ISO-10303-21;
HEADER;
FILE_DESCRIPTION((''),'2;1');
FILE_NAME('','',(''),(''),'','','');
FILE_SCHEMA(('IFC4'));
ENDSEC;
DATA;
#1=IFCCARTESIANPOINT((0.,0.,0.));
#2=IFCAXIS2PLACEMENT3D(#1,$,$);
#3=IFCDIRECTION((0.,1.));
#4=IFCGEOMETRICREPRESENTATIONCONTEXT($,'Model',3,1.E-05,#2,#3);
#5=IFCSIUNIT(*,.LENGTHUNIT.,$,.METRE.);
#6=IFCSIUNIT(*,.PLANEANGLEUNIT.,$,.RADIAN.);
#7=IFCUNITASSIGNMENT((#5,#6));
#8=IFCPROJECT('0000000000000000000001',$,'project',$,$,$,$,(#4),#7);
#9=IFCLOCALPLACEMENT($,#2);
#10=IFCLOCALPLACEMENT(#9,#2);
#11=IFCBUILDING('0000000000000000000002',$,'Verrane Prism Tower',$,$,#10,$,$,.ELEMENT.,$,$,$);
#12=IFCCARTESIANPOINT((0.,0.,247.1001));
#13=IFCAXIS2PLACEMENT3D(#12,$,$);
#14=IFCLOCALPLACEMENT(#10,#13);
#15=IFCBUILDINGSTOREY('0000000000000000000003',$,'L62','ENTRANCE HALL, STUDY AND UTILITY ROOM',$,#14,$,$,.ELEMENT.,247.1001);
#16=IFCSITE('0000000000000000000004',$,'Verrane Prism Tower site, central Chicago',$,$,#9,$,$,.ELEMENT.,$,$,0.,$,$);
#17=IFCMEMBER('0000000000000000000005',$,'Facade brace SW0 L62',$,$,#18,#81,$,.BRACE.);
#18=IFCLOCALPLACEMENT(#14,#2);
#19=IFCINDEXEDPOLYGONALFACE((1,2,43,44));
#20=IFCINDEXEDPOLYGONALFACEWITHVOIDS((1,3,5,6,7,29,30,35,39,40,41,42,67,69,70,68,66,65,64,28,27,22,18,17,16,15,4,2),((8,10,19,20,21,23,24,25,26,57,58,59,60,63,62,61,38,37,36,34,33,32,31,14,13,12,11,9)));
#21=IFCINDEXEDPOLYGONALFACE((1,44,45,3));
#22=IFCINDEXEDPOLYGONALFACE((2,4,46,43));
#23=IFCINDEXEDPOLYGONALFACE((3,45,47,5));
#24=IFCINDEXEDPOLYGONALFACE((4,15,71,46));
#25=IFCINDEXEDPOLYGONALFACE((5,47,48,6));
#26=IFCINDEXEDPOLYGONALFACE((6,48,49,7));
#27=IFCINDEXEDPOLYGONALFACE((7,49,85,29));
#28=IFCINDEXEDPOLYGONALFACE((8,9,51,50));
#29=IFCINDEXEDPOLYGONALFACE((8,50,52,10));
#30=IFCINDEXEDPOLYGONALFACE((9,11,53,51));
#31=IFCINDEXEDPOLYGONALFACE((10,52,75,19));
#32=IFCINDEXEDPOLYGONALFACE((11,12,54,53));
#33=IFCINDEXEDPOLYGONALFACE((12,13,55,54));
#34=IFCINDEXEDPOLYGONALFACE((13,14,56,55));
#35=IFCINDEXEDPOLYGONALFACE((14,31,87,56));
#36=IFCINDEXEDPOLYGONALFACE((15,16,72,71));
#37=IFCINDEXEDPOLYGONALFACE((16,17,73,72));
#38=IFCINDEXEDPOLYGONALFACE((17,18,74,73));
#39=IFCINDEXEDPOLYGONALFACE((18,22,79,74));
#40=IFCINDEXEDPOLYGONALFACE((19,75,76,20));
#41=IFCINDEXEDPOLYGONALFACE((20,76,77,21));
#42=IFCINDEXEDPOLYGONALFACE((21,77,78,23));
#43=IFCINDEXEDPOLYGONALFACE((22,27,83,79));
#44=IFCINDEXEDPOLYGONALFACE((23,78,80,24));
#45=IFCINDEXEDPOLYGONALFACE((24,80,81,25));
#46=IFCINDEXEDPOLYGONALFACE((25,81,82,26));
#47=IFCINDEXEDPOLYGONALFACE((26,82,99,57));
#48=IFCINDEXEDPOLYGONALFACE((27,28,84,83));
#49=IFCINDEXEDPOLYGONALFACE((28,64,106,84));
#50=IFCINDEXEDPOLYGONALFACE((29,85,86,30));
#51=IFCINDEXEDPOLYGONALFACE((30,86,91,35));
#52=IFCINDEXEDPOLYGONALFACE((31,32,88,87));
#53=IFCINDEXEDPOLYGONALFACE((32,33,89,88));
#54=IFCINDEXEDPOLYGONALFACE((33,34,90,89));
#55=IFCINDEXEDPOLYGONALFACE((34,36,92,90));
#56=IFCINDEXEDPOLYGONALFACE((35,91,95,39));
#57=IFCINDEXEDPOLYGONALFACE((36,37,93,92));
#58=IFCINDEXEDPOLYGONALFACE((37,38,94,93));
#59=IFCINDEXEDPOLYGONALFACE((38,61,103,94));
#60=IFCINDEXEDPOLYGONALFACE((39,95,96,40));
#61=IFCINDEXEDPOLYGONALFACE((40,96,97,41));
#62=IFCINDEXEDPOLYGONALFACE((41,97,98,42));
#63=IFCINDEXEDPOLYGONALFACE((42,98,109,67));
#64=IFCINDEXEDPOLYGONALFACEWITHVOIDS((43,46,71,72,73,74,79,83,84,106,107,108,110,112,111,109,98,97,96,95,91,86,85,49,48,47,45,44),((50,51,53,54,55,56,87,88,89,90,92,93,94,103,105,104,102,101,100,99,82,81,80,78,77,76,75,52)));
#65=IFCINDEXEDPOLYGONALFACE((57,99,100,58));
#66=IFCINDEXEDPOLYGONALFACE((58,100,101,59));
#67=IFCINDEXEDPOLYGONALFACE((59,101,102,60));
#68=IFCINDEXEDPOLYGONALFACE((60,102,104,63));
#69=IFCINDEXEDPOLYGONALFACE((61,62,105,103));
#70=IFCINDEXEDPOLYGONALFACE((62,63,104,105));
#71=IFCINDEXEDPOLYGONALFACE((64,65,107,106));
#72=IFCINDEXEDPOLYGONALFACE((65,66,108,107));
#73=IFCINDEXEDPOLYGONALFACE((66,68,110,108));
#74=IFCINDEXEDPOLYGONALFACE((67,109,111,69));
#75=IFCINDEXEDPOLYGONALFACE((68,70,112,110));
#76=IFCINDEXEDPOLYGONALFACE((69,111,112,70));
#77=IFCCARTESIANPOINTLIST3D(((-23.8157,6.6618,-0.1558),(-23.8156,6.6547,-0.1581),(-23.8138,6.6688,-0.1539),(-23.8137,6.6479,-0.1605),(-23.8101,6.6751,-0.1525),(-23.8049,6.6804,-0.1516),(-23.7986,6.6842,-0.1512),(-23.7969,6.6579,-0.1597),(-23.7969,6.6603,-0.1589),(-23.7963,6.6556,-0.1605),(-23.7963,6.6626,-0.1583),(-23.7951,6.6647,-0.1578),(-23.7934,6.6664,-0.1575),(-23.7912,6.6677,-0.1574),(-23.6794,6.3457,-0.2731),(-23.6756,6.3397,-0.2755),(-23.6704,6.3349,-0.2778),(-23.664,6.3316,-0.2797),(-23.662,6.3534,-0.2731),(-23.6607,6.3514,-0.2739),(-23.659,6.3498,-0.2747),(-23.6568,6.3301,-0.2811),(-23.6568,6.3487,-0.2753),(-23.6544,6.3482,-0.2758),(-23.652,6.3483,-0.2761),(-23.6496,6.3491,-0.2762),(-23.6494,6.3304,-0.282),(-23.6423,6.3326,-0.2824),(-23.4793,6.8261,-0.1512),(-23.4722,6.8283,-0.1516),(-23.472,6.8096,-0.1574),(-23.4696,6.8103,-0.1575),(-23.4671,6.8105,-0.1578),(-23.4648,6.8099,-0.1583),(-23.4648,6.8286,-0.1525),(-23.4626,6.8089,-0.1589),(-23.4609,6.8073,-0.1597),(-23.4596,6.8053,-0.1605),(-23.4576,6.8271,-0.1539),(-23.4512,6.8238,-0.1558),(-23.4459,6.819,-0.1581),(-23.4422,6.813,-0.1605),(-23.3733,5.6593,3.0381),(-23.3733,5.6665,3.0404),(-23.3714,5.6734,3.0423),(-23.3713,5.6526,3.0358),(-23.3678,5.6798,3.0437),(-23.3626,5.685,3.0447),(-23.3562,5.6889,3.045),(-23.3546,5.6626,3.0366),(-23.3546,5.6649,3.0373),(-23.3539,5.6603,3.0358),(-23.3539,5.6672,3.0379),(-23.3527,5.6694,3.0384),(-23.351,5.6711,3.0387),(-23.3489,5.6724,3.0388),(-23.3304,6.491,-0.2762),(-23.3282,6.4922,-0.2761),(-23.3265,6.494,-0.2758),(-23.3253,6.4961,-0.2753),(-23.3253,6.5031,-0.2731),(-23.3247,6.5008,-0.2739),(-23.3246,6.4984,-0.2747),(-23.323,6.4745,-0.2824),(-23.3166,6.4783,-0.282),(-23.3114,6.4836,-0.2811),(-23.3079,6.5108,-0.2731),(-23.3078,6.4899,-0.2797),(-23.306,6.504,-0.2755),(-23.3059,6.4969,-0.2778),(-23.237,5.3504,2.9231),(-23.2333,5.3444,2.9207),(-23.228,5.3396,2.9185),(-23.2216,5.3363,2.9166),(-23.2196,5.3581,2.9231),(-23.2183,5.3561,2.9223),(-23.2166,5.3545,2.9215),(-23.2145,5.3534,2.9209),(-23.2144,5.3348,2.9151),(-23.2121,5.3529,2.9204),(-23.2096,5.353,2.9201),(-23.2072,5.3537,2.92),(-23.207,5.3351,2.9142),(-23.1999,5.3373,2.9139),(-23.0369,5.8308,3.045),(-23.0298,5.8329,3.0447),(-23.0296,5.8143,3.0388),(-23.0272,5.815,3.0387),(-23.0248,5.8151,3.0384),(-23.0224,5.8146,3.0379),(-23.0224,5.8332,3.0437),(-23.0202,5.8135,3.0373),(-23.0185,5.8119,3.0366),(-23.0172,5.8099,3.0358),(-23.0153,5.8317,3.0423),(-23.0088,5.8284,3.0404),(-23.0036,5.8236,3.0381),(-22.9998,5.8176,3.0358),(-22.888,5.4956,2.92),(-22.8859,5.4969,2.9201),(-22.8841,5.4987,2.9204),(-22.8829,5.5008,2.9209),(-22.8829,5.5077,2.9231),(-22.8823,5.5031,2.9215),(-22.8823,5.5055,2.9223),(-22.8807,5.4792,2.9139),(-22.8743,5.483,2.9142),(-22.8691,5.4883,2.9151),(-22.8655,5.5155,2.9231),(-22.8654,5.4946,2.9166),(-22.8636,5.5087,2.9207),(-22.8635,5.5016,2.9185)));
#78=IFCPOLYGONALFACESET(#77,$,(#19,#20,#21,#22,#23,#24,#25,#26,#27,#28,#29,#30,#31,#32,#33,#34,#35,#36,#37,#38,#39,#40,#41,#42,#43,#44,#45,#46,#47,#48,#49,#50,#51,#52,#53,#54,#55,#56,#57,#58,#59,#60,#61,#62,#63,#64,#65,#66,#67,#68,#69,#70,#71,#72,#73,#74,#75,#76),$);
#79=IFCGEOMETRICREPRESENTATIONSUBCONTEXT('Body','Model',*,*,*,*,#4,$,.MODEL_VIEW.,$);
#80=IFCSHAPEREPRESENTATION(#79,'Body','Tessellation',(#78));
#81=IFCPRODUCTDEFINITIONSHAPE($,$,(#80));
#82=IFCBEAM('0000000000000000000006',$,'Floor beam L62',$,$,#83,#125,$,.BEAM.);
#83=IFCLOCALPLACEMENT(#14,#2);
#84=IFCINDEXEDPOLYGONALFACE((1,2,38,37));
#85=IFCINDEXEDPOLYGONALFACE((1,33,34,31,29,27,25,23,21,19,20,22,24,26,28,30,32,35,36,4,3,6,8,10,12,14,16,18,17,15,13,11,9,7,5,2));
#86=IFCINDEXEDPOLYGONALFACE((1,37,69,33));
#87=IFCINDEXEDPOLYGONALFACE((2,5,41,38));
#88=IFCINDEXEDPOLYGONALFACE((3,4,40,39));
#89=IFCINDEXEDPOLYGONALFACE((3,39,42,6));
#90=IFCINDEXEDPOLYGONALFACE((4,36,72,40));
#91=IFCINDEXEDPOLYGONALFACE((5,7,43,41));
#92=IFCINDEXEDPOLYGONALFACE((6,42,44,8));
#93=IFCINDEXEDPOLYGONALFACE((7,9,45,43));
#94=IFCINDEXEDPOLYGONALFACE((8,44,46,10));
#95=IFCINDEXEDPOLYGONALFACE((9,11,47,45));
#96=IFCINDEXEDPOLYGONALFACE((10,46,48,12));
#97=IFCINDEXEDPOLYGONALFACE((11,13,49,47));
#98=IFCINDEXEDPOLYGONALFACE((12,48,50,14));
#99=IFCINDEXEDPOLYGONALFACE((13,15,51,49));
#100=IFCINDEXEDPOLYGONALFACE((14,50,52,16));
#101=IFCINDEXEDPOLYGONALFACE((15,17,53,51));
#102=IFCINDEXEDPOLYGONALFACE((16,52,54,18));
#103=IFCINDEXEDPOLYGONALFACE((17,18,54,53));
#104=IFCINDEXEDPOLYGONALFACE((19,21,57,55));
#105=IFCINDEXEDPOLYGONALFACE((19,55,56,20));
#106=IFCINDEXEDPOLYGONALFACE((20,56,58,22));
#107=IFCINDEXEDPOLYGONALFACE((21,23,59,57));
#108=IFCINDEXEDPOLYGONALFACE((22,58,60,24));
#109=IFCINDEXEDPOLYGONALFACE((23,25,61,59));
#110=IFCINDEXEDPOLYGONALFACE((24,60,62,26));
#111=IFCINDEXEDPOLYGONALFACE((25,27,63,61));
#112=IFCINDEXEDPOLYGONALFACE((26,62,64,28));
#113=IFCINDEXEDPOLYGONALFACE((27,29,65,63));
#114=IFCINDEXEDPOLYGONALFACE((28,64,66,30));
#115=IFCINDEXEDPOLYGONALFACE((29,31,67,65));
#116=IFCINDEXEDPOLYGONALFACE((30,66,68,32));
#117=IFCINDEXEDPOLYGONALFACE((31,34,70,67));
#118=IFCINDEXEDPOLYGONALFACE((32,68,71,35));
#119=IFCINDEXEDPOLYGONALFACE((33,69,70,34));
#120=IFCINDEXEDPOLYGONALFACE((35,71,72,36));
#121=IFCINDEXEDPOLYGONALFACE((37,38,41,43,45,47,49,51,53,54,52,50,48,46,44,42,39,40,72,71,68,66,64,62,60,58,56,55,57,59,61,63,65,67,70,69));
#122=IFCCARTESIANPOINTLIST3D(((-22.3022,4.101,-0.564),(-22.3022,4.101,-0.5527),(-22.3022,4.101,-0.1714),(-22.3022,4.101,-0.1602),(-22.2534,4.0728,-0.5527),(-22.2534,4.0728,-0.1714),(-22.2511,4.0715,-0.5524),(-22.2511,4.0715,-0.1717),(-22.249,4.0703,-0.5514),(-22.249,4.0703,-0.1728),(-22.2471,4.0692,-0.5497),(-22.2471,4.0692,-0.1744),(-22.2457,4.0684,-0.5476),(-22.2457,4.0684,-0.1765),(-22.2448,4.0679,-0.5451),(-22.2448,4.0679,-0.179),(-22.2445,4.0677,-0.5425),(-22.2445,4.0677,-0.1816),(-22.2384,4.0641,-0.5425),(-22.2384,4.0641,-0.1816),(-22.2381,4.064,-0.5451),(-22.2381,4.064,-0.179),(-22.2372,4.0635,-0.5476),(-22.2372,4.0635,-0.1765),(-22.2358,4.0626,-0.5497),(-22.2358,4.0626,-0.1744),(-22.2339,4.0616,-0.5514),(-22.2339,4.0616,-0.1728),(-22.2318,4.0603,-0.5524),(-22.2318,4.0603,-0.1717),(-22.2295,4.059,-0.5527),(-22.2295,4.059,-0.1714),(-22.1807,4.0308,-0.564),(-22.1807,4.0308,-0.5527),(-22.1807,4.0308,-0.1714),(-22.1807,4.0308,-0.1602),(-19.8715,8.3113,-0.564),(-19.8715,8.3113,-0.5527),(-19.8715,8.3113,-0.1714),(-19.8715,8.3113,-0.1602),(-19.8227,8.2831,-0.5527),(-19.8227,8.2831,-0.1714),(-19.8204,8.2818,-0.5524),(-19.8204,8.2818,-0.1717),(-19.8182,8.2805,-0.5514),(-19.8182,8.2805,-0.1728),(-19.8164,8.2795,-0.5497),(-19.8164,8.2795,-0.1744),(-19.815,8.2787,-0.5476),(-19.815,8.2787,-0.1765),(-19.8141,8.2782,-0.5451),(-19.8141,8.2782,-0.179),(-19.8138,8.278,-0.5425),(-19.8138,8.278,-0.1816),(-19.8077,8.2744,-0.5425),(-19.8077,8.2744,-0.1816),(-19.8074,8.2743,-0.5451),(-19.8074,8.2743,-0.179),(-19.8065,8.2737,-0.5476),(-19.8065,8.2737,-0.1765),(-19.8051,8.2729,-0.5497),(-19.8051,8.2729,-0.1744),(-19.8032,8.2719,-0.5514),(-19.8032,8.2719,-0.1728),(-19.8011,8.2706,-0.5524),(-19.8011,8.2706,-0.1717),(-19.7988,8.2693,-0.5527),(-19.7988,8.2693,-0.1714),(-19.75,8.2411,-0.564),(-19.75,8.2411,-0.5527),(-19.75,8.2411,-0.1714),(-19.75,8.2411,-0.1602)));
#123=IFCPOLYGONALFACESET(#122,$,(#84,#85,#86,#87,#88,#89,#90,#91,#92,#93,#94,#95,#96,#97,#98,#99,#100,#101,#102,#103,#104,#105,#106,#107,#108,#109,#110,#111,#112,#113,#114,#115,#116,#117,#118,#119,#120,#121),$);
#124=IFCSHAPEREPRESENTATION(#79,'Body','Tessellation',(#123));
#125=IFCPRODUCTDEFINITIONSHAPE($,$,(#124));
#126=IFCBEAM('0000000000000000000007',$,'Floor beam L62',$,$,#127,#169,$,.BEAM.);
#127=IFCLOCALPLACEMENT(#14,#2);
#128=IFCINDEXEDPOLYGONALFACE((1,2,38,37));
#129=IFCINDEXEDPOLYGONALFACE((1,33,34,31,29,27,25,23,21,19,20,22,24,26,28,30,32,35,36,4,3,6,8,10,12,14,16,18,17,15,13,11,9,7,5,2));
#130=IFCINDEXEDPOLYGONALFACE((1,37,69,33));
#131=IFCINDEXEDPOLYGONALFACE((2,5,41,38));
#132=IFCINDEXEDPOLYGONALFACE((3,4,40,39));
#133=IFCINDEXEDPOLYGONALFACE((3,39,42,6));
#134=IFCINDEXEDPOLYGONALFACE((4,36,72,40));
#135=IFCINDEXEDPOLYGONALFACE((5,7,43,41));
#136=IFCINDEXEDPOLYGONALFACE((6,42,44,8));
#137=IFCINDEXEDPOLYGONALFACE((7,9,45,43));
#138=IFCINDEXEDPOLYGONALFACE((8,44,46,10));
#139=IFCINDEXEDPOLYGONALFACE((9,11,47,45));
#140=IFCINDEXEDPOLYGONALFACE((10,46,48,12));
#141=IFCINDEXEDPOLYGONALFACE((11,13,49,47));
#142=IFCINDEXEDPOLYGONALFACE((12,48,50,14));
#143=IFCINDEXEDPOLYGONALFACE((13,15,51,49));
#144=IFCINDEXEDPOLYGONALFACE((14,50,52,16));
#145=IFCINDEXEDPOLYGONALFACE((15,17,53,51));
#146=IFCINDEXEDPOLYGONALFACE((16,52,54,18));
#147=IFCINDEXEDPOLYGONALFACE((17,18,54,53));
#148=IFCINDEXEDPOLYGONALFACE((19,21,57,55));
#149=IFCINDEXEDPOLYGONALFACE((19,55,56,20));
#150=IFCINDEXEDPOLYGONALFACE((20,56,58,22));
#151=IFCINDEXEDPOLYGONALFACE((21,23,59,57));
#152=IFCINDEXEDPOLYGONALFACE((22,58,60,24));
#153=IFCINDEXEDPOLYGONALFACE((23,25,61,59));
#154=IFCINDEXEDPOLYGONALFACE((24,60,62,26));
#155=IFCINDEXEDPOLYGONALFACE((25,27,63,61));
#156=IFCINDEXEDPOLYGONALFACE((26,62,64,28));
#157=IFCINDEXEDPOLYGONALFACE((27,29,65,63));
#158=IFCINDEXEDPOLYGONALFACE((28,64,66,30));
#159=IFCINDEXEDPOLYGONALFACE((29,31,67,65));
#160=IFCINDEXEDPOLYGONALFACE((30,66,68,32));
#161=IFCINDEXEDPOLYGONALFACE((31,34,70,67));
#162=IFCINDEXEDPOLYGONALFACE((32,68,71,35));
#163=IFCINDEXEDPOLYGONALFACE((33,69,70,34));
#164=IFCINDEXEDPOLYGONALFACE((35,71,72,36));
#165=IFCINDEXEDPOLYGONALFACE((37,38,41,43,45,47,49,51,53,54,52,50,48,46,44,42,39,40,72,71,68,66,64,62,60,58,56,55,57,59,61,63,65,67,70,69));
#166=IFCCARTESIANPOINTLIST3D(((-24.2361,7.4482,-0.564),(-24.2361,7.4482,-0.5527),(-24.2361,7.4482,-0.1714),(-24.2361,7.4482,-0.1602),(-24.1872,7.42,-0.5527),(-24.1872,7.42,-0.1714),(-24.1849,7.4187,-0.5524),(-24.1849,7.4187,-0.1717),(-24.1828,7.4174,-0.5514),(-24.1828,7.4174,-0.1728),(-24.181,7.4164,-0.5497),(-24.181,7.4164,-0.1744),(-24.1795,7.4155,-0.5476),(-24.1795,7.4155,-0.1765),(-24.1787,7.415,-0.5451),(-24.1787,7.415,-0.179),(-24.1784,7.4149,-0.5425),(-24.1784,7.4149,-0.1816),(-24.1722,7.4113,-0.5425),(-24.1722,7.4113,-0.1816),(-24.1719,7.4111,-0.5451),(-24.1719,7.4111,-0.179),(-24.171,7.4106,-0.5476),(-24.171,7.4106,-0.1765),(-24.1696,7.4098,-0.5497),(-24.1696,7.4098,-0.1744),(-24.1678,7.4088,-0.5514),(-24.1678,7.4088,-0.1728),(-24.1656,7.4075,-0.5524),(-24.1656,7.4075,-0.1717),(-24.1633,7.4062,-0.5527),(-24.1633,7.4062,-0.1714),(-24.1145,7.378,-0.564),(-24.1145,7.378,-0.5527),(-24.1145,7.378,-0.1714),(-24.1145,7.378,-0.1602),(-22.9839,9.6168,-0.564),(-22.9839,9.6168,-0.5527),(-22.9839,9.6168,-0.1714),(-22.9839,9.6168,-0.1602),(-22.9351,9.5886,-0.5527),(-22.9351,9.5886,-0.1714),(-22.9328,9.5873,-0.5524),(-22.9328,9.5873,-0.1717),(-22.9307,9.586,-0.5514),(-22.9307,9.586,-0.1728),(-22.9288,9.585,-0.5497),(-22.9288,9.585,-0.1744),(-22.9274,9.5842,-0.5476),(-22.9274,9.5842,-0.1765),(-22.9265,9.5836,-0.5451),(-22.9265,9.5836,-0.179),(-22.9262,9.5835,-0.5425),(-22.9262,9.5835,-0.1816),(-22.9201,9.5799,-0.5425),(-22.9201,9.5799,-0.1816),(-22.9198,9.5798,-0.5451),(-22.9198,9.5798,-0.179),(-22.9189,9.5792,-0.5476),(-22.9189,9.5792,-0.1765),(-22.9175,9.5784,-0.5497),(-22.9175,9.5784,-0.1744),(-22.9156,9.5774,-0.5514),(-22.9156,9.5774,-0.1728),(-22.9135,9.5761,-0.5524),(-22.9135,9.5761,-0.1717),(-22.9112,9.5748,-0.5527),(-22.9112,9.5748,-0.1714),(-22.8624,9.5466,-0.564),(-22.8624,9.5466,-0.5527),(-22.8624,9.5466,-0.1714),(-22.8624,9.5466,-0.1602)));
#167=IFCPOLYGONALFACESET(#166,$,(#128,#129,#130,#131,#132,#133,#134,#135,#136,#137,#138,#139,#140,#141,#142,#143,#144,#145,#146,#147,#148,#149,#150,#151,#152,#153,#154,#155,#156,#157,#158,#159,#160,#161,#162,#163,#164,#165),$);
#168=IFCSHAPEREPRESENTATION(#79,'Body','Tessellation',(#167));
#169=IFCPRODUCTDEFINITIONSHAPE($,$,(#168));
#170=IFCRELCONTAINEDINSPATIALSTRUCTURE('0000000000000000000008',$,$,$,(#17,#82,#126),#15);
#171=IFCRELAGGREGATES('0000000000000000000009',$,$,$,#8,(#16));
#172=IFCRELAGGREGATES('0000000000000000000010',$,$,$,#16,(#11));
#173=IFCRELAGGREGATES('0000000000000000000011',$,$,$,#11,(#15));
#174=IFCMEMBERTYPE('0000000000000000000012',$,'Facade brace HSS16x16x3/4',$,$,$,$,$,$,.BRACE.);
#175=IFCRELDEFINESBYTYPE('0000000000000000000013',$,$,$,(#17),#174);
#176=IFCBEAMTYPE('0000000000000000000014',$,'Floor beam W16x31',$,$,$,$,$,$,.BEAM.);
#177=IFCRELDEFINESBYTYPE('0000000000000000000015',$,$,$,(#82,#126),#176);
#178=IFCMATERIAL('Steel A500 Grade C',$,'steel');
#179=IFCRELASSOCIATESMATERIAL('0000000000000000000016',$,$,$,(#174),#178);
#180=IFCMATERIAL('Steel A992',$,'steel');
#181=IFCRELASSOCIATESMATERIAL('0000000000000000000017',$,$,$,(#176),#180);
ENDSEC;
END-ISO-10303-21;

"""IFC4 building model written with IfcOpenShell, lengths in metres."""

from ifc_helpers import new_model, si_unit, direction, frame, origin, origin_2d, place, context, subcontext, project, spatial, hollow_rectangle, i_section, extrude, material, material_profile, profile_set, type_object, element, save


model = new_model("IFC4")

# Units and contexts
model_context = context("Model", 3, precision=1e-05, world=origin(), true_north=direction((0.0, 1.0)))
body_context = subcontext(model_context, "Body", "Model", "MODEL_VIEW")
ifc_project = project(units=[si_unit("LENGTHUNIT", "METRE"), si_unit("PLANEANGLEUNIT", "RADIAN")], contexts=[model_context])

# Site, building, storey
site_placement = place(None, origin())
site = spatial("IfcSite", under=ifc_project, at=site_placement, Name="Verrane Prism Tower site, central Chicago", CompositionType="ELEMENT", RefElevation=0.0)
building_placement = place(site_placement, origin())
building = spatial("IfcBuilding", under=site, at=building_placement, Name="Verrane Prism Tower", CompositionType="ELEMENT")
storey_placement = place(building_placement, frame((0.0, 0.0, 247.1001)))
storey = spatial("IfcBuildingStorey", under=building, at=storey_placement, Name="L62", Description="ENTRANCE HALL, STUDY AND UTILITY ROOM", CompositionType="ELEMENT", Elevation=247.1001)

# Member
ifc_material_1 = material(Name="Steel A500 Grade C", Category="steel")
ifc_material_profile_1 = material_profile(ifc_material_1, hollow_rectangle(XDim=0.4065, YDim=0.4065, WallThickness=0.019, InnerFilletRadius=0.0095, OuterFilletRadius=0.0286, at=origin_2d()), Name="HSS16x16x3/4")
ifc_profile_set_1 = profile_set([ifc_material_profile_1], Name="Steel A500 Grade C")
member_type_1 = type_object("IfcMemberType", Name="Facade brace HSS16x16x3/4", PredefinedType="BRACE", material=ifc_profile_set_1)
member_1_placement = place(storey_placement, frame((-23.5608, 6.5793, -0.2168), z_axis=(0.131007, -0.294766, 0.946547), x_axis=(0.913812, 0.406138, 0.0)))
element("IfcMember", 1, at=member_1_placement, inside=storey, type_object=member_type_1, Name="Facade brace SW0 L62", PredefinedType="BRACE", context=body_context, shape_type="SweptSolid", body=[
    extrude(hollow_rectangle(XDim=0.4065, YDim=0.4065, WallThickness=0.019, InnerFilletRadius=0.0095, OuterFilletRadius=0.0286, at=origin_2d()), origin(), (0.0, 0.0, 1.0), 3.3767),
])

# Beams
ifc_material_2 = material(Name="Steel A992", Category="steel")
ifc_material_profile_2 = material_profile(ifc_material_2, i_section(OverallWidth=0.1404, OverallDepth=0.4038, WebThickness=0.0071, FlangeThickness=0.0112, FilletRadius=0.0103, at=origin_2d()), Name="W16x31")
ifc_profile_set_2 = profile_set([ifc_material_profile_2], Name="Steel A992")
beam_type_1 = type_object("IfcBeamType", Name="Floor beam W16x31", PredefinedType="BEAM", material=ifc_profile_set_2)
beam_1_placement = place(storey_placement, frame((-22.2415, 4.0659, -0.3621), z_axis=(0.499985, 0.866034, 0.0), x_axis=(-0.866034, 0.499985, 0.0)))
element("IfcBeam", 2, at=beam_1_placement, inside=storey, type_object=beam_type_1, Name="Floor beam L62", PredefinedType="BEAM", context=body_context, shape_type="SweptSolid", body=[
    extrude(i_section(OverallWidth=0.1404, OverallDepth=0.4038, WebThickness=0.0071, FlangeThickness=0.0112, FilletRadius=0.0103, at=origin_2d()), origin(), (0.0, 0.0, 1.0), 4.8616),
])
beam_2_placement = place(storey_placement, frame((-24.1753, 7.4131, -0.3621), z_axis=(0.500029, 0.866009, 0.0), x_axis=(-0.866009, 0.500029, 0.0)))
element("IfcBeam", 3, at=beam_2_placement, inside=storey, type_object=beam_type_1, Name="Floor beam L62", PredefinedType="BEAM", context=body_context, shape_type="SweptSolid", body=[
    extrude(i_section(OverallWidth=0.1404, OverallDepth=0.4038, WebThickness=0.0071, FlangeThickness=0.0112, FilletRadius=0.0103, at=origin_2d()), origin(), (0.0, 0.0, 1.0), 2.5042),
])

save(model, "model.ifc")
